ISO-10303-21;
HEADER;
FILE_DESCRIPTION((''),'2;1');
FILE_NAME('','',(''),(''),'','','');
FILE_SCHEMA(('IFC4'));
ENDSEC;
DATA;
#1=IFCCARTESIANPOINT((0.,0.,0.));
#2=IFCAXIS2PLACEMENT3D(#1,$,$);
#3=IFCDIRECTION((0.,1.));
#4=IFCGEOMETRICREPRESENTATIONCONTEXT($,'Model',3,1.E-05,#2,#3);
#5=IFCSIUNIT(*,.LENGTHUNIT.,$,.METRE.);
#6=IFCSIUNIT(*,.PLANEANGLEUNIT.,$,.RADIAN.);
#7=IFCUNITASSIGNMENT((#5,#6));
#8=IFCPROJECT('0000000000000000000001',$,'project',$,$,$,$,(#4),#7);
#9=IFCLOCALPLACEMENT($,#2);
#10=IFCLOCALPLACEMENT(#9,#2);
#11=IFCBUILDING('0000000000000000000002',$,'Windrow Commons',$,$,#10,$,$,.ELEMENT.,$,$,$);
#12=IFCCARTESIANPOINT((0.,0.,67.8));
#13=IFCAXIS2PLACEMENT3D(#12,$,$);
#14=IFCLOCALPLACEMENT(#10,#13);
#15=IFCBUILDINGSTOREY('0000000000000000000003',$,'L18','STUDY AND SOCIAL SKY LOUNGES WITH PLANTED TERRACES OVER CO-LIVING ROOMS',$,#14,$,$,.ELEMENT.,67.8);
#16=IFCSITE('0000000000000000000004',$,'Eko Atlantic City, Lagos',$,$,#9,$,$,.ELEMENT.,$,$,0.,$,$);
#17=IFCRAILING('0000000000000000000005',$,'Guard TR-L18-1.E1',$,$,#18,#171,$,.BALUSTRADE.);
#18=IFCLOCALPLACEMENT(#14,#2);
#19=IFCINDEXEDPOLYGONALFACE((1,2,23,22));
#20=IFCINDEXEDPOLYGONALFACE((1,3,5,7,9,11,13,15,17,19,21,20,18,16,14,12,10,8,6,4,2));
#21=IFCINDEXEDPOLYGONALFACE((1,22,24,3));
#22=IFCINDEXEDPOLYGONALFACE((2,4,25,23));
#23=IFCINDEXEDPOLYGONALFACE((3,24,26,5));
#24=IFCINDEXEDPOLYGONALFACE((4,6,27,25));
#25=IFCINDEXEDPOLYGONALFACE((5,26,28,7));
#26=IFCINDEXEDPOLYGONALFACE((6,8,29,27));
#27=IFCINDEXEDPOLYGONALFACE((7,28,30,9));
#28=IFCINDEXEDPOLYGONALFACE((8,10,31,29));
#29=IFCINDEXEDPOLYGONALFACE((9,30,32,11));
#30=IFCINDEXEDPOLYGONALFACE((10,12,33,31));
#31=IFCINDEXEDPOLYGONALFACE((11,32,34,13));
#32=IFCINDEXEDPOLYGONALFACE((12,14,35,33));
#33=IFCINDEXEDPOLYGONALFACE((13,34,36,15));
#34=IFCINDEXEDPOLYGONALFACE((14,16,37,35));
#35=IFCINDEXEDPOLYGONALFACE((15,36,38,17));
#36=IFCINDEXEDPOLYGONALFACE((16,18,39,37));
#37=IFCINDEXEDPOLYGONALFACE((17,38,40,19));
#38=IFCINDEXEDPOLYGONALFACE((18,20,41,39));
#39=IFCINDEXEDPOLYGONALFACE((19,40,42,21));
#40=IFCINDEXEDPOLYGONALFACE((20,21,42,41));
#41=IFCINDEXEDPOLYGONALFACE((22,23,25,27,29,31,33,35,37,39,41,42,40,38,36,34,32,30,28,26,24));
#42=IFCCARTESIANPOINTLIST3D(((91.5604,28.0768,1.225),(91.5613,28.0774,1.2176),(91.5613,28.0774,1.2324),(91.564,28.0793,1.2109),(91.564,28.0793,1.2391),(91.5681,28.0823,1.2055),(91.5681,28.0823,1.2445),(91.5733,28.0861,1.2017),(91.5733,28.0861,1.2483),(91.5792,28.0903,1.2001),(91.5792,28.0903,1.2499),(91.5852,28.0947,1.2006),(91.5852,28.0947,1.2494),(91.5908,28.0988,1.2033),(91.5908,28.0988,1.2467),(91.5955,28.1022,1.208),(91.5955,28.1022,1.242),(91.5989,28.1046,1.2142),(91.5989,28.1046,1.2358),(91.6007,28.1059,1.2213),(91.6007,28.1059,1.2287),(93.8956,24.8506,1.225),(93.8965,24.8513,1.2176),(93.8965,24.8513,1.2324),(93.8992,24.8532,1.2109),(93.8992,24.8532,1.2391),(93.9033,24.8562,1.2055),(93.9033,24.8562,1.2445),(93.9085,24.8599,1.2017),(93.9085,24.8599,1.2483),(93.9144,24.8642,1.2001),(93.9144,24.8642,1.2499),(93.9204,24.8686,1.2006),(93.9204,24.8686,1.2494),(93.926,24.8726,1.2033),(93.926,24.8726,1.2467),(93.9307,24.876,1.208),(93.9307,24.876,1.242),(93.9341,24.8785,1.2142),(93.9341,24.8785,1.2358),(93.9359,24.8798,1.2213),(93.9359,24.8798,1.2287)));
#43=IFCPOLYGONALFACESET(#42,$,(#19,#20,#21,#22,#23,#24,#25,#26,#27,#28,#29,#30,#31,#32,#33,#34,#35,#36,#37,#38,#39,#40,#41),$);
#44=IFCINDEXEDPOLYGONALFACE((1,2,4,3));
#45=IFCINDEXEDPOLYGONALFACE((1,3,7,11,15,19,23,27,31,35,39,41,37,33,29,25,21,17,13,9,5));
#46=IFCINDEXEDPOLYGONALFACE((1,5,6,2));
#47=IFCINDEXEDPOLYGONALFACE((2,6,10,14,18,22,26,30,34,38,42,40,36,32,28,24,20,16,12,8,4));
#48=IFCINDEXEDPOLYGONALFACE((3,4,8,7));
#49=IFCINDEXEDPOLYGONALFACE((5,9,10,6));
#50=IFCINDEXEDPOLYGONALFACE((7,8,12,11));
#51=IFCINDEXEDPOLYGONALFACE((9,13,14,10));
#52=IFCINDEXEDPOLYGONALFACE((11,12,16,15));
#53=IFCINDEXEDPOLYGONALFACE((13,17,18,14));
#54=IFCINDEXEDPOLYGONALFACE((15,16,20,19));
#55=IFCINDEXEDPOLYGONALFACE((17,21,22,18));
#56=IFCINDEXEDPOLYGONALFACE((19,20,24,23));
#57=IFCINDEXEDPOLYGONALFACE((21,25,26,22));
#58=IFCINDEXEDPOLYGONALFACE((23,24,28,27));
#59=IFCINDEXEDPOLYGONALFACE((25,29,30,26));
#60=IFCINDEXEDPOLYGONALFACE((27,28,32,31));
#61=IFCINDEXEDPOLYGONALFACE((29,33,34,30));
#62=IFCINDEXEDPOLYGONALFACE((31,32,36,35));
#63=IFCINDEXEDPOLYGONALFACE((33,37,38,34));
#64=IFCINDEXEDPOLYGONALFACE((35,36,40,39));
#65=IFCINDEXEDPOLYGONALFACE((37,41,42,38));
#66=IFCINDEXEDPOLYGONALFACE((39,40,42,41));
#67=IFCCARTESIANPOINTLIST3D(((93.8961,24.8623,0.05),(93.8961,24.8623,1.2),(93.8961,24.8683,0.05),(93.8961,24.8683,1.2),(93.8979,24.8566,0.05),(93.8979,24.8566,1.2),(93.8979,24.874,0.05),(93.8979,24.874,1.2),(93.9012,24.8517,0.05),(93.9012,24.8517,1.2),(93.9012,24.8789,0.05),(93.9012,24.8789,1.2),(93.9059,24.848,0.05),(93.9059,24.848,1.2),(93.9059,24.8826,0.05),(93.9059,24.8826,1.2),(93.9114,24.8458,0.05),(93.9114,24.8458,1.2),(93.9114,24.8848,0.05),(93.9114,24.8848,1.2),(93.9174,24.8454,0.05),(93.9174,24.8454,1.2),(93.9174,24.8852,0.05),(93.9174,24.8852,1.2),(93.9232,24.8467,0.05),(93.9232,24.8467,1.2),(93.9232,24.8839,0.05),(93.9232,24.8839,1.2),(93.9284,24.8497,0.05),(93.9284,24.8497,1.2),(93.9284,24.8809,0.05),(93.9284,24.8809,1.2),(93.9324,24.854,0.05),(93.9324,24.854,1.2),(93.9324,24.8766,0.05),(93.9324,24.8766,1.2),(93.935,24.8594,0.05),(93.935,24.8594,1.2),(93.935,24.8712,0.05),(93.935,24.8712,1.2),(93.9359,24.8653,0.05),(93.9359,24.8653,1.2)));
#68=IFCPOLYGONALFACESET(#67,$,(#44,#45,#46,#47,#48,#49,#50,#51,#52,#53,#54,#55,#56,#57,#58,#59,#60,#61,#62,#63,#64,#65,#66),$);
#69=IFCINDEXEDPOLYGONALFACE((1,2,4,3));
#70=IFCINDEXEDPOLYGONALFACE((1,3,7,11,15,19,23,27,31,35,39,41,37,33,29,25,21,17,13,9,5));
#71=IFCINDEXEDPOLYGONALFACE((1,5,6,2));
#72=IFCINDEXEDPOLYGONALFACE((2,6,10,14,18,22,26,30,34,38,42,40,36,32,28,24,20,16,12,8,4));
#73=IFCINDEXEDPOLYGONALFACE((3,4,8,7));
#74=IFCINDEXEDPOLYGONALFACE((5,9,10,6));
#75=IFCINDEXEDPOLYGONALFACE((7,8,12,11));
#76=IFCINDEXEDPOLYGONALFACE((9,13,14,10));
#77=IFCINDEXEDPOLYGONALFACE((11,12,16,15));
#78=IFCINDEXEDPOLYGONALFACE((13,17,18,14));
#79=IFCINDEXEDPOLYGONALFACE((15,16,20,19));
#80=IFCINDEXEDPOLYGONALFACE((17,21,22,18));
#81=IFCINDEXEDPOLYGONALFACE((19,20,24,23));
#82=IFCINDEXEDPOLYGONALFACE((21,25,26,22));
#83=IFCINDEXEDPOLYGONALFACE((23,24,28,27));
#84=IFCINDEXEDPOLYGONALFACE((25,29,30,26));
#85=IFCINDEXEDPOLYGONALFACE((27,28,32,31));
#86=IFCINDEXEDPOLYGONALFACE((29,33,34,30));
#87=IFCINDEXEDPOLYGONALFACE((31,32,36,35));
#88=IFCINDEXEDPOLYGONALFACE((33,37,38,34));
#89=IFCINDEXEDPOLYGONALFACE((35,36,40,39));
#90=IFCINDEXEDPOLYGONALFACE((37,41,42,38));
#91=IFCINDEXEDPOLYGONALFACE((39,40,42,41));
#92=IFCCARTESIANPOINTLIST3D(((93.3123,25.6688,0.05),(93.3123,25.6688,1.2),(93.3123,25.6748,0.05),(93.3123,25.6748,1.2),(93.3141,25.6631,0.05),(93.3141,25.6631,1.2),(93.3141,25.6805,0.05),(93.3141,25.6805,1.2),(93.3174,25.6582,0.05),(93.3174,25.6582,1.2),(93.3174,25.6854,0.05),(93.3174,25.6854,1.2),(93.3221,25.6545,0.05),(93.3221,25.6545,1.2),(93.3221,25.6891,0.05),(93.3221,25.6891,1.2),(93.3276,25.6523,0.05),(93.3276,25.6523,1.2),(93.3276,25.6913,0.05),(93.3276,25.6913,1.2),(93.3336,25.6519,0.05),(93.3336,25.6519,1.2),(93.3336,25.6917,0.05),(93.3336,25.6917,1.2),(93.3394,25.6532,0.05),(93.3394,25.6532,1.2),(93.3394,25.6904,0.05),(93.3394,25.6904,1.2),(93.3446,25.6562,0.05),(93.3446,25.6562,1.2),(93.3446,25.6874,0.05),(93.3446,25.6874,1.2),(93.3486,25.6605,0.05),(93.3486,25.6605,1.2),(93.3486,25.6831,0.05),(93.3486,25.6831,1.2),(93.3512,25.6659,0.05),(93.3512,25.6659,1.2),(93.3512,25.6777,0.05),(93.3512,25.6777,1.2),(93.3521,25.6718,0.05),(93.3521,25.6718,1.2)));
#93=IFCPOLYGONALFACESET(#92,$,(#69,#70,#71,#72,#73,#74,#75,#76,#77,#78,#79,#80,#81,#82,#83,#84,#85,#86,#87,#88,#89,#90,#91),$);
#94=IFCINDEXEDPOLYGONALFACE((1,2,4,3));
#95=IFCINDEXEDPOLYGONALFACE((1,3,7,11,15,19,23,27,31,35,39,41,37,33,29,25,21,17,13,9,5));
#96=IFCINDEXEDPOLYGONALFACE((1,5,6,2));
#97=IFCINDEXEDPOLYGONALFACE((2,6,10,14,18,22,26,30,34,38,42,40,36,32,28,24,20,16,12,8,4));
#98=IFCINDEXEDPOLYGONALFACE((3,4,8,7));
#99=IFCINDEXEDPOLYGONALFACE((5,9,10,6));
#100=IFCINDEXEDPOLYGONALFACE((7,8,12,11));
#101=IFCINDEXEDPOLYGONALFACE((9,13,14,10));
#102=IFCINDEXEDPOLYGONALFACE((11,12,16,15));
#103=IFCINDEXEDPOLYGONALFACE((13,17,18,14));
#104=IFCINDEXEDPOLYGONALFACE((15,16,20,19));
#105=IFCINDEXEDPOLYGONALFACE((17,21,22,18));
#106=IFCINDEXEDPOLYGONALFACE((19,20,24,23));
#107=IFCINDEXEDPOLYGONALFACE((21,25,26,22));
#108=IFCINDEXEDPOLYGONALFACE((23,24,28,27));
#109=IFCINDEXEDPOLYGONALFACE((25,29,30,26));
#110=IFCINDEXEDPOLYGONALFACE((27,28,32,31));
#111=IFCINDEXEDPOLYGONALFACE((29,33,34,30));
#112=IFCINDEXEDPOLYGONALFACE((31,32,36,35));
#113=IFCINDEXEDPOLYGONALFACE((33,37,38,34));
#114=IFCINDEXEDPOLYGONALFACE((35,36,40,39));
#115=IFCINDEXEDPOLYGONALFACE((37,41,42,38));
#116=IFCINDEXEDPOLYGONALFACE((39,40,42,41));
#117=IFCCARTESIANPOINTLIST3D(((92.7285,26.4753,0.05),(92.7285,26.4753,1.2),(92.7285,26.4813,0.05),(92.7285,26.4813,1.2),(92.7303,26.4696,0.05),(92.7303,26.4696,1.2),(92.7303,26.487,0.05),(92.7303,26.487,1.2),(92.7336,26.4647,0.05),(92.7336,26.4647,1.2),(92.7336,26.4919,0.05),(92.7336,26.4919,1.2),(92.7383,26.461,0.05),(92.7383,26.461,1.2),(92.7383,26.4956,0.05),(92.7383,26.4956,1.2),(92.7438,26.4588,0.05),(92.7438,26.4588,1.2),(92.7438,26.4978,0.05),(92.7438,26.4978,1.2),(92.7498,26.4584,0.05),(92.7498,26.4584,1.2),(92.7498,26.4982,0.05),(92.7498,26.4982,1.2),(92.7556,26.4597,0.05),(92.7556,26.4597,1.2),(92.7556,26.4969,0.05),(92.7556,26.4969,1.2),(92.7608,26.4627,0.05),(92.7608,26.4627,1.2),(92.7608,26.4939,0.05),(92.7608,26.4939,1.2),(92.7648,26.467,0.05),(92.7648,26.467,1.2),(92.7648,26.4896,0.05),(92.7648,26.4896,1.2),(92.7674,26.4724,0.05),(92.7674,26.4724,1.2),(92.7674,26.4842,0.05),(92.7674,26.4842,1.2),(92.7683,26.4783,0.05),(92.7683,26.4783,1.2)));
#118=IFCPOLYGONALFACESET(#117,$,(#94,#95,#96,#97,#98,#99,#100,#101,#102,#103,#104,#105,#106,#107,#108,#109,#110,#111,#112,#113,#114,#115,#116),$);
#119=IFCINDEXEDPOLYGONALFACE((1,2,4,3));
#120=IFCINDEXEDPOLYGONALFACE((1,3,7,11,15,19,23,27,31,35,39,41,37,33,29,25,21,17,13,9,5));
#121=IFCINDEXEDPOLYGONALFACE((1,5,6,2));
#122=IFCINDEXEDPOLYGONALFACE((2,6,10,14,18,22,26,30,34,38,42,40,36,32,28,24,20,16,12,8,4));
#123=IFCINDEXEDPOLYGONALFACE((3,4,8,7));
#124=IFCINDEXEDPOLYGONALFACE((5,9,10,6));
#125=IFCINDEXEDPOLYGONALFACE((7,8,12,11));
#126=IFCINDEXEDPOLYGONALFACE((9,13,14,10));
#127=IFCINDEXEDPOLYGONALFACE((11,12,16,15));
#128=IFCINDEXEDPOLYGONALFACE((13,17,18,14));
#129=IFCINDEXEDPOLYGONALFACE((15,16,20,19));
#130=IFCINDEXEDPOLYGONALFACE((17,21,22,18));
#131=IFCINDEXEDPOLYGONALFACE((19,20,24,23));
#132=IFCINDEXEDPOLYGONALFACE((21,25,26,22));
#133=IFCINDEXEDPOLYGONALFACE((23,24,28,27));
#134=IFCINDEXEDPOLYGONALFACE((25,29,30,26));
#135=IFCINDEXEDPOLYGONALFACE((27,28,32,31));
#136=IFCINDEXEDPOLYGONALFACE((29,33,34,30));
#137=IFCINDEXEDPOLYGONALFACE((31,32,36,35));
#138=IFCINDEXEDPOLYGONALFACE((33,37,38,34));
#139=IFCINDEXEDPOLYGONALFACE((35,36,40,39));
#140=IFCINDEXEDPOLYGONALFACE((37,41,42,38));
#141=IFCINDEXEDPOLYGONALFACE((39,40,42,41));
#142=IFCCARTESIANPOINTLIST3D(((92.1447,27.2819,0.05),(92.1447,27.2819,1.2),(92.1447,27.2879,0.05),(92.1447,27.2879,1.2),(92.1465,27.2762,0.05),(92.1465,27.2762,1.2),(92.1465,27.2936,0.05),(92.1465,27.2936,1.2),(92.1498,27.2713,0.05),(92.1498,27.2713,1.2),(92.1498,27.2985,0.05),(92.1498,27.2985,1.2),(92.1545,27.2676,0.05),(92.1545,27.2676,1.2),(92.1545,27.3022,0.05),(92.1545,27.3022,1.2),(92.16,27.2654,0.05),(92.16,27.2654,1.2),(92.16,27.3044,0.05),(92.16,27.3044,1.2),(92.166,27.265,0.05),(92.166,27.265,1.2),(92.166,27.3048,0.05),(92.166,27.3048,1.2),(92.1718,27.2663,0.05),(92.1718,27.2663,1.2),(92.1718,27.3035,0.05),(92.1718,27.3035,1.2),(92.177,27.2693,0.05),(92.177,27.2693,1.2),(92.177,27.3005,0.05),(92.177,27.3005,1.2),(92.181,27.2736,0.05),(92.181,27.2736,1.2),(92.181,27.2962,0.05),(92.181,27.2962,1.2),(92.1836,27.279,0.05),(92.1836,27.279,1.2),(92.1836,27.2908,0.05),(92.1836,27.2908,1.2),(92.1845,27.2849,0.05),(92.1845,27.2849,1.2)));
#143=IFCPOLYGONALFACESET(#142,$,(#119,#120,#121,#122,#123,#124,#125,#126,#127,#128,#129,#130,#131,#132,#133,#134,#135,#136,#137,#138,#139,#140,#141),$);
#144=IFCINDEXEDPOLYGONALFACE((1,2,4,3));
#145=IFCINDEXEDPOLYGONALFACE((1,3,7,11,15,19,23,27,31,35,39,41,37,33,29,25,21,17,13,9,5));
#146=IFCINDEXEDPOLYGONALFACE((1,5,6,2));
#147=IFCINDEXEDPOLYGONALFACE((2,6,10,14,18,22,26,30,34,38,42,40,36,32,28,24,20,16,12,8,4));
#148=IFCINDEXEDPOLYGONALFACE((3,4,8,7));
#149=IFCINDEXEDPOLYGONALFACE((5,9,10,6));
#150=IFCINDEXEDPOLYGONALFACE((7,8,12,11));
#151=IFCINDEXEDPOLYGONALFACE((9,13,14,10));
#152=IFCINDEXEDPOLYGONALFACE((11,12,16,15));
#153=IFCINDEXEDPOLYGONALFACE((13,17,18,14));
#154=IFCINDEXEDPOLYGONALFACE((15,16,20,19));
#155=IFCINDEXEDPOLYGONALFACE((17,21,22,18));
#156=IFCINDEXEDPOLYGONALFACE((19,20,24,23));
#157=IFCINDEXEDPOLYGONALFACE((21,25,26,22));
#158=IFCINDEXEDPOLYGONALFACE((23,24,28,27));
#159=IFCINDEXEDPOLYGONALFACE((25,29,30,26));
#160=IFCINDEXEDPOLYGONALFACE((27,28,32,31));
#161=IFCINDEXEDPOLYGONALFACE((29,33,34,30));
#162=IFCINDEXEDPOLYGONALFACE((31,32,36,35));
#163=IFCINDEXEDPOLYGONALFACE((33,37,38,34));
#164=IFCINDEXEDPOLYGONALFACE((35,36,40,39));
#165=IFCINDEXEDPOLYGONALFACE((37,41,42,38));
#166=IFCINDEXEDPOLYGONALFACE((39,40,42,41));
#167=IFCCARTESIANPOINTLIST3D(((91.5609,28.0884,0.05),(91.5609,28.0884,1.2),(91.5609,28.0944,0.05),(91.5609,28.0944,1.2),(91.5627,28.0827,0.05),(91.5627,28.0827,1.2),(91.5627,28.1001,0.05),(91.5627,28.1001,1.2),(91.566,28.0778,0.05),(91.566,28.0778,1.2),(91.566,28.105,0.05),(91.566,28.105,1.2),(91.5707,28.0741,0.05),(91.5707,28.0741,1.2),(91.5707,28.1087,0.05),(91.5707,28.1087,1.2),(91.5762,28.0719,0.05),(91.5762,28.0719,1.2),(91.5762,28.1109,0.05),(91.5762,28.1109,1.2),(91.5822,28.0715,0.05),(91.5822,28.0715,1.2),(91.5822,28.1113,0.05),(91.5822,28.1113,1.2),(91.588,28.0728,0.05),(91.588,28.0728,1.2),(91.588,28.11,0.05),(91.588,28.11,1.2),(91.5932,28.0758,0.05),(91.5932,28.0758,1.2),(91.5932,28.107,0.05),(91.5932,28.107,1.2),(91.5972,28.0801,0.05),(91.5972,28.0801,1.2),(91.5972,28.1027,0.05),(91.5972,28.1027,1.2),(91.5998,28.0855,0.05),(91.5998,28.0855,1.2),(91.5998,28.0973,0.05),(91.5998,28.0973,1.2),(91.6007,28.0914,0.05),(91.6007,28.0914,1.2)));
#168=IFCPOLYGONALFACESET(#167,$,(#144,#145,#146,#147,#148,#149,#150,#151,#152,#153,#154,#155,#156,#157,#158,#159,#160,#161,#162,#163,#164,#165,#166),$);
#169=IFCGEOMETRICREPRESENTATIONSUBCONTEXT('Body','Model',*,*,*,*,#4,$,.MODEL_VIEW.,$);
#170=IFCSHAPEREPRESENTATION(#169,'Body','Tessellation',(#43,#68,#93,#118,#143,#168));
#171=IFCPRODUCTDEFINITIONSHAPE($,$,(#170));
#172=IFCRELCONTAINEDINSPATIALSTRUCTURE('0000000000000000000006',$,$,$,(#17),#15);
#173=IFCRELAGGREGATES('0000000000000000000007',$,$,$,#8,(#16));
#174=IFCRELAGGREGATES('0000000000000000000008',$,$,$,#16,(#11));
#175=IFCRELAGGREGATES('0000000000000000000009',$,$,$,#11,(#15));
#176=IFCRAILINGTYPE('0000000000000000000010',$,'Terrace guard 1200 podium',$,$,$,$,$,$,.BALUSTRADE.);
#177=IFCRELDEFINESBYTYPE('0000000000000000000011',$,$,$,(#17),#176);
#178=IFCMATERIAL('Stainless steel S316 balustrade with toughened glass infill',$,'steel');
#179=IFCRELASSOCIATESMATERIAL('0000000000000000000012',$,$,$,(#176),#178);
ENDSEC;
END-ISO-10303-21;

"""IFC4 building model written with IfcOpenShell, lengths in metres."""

from ifc_helpers import new_model, si_unit, direction, frame, origin, origin_2d, place, context, subcontext, project, spatial, circle, extrude, material, type_object, element, save


model = new_model("IFC4")

# Units and contexts
model_context = context("Model", 3, precision=1e-05, world=origin(), true_north=direction((0.0, 1.0)))
body_context = subcontext(model_context, "Body", "Model", "MODEL_VIEW")
ifc_project = project(units=[si_unit("LENGTHUNIT", "METRE"), si_unit("PLANEANGLEUNIT", "RADIAN")], contexts=[model_context])

# Site, building, storey
site_placement = place(None, origin())
site = spatial("IfcSite", under=ifc_project, at=site_placement, Name="Eko Atlantic City, Lagos", CompositionType="ELEMENT", RefElevation=0.0)
building_placement = place(site_placement, origin())
building = spatial("IfcBuilding", under=site, at=building_placement, Name="Windrow Commons", CompositionType="ELEMENT")
storey_placement = place(building_placement, frame((0.0, 0.0, 67.8)))
storey = spatial("IfcBuildingStorey", under=building, at=storey_placement, Name="L18", Description="STUDY AND SOCIAL SKY LOUNGES WITH PLANTED TERRACES OVER CO-LIVING ROOMS", CompositionType="ELEMENT", Elevation=67.8)

# Railing
ifc_material_1 = material(Name="Stainless steel S316 balustrade with toughened glass infill", Category="steel")
railing_type = type_object("IfcRailingType", Name="Terrace guard 1200 podium", PredefinedType="BALUSTRADE", material=ifc_material_1)
railing_1_placement = place(storey_placement, frame((93.9159, 24.8653, 0.05)))
element("IfcRailing", 1, at=railing_1_placement, inside=storey, type_object=railing_type, Name="Guard TR-L18-1.E1", PredefinedType="BALUSTRADE", context=body_context, shape_type="SweptSolid", body=[
    extrude(circle(Radius=0.025, at=origin_2d()), frame((0.0, 0.0, 1.175), z_axis=(-0.586355, 0.810054, 0.0), x_axis=(-0.810054, -0.586355, 0.0)), (0.0, 0.0, 1.0), 3.9826),
    extrude(circle(Radius=0.02, at=origin_2d()), origin(), (0.0, 0.0, 1.0), 1.15),
    extrude(circle(Radius=0.02, at=origin_2d()), frame((-0.5838, 0.8065, 0.0)), (0.0, 0.0, 1.0), 1.15),
    extrude(circle(Radius=0.02, at=origin_2d()), frame((-1.1676, 1.613, 0.0)), (0.0, 0.0, 1.0), 1.15),
    extrude(circle(Radius=0.02, at=origin_2d()), frame((-1.7514, 2.4196, 0.0)), (0.0, 0.0, 1.0), 1.15),
    extrude(circle(Radius=0.02, at=origin_2d()), frame((-2.3352, 3.2261, 0.0)), (0.0, 0.0, 1.0), 1.15),
])

save(model, "model.ifc")
